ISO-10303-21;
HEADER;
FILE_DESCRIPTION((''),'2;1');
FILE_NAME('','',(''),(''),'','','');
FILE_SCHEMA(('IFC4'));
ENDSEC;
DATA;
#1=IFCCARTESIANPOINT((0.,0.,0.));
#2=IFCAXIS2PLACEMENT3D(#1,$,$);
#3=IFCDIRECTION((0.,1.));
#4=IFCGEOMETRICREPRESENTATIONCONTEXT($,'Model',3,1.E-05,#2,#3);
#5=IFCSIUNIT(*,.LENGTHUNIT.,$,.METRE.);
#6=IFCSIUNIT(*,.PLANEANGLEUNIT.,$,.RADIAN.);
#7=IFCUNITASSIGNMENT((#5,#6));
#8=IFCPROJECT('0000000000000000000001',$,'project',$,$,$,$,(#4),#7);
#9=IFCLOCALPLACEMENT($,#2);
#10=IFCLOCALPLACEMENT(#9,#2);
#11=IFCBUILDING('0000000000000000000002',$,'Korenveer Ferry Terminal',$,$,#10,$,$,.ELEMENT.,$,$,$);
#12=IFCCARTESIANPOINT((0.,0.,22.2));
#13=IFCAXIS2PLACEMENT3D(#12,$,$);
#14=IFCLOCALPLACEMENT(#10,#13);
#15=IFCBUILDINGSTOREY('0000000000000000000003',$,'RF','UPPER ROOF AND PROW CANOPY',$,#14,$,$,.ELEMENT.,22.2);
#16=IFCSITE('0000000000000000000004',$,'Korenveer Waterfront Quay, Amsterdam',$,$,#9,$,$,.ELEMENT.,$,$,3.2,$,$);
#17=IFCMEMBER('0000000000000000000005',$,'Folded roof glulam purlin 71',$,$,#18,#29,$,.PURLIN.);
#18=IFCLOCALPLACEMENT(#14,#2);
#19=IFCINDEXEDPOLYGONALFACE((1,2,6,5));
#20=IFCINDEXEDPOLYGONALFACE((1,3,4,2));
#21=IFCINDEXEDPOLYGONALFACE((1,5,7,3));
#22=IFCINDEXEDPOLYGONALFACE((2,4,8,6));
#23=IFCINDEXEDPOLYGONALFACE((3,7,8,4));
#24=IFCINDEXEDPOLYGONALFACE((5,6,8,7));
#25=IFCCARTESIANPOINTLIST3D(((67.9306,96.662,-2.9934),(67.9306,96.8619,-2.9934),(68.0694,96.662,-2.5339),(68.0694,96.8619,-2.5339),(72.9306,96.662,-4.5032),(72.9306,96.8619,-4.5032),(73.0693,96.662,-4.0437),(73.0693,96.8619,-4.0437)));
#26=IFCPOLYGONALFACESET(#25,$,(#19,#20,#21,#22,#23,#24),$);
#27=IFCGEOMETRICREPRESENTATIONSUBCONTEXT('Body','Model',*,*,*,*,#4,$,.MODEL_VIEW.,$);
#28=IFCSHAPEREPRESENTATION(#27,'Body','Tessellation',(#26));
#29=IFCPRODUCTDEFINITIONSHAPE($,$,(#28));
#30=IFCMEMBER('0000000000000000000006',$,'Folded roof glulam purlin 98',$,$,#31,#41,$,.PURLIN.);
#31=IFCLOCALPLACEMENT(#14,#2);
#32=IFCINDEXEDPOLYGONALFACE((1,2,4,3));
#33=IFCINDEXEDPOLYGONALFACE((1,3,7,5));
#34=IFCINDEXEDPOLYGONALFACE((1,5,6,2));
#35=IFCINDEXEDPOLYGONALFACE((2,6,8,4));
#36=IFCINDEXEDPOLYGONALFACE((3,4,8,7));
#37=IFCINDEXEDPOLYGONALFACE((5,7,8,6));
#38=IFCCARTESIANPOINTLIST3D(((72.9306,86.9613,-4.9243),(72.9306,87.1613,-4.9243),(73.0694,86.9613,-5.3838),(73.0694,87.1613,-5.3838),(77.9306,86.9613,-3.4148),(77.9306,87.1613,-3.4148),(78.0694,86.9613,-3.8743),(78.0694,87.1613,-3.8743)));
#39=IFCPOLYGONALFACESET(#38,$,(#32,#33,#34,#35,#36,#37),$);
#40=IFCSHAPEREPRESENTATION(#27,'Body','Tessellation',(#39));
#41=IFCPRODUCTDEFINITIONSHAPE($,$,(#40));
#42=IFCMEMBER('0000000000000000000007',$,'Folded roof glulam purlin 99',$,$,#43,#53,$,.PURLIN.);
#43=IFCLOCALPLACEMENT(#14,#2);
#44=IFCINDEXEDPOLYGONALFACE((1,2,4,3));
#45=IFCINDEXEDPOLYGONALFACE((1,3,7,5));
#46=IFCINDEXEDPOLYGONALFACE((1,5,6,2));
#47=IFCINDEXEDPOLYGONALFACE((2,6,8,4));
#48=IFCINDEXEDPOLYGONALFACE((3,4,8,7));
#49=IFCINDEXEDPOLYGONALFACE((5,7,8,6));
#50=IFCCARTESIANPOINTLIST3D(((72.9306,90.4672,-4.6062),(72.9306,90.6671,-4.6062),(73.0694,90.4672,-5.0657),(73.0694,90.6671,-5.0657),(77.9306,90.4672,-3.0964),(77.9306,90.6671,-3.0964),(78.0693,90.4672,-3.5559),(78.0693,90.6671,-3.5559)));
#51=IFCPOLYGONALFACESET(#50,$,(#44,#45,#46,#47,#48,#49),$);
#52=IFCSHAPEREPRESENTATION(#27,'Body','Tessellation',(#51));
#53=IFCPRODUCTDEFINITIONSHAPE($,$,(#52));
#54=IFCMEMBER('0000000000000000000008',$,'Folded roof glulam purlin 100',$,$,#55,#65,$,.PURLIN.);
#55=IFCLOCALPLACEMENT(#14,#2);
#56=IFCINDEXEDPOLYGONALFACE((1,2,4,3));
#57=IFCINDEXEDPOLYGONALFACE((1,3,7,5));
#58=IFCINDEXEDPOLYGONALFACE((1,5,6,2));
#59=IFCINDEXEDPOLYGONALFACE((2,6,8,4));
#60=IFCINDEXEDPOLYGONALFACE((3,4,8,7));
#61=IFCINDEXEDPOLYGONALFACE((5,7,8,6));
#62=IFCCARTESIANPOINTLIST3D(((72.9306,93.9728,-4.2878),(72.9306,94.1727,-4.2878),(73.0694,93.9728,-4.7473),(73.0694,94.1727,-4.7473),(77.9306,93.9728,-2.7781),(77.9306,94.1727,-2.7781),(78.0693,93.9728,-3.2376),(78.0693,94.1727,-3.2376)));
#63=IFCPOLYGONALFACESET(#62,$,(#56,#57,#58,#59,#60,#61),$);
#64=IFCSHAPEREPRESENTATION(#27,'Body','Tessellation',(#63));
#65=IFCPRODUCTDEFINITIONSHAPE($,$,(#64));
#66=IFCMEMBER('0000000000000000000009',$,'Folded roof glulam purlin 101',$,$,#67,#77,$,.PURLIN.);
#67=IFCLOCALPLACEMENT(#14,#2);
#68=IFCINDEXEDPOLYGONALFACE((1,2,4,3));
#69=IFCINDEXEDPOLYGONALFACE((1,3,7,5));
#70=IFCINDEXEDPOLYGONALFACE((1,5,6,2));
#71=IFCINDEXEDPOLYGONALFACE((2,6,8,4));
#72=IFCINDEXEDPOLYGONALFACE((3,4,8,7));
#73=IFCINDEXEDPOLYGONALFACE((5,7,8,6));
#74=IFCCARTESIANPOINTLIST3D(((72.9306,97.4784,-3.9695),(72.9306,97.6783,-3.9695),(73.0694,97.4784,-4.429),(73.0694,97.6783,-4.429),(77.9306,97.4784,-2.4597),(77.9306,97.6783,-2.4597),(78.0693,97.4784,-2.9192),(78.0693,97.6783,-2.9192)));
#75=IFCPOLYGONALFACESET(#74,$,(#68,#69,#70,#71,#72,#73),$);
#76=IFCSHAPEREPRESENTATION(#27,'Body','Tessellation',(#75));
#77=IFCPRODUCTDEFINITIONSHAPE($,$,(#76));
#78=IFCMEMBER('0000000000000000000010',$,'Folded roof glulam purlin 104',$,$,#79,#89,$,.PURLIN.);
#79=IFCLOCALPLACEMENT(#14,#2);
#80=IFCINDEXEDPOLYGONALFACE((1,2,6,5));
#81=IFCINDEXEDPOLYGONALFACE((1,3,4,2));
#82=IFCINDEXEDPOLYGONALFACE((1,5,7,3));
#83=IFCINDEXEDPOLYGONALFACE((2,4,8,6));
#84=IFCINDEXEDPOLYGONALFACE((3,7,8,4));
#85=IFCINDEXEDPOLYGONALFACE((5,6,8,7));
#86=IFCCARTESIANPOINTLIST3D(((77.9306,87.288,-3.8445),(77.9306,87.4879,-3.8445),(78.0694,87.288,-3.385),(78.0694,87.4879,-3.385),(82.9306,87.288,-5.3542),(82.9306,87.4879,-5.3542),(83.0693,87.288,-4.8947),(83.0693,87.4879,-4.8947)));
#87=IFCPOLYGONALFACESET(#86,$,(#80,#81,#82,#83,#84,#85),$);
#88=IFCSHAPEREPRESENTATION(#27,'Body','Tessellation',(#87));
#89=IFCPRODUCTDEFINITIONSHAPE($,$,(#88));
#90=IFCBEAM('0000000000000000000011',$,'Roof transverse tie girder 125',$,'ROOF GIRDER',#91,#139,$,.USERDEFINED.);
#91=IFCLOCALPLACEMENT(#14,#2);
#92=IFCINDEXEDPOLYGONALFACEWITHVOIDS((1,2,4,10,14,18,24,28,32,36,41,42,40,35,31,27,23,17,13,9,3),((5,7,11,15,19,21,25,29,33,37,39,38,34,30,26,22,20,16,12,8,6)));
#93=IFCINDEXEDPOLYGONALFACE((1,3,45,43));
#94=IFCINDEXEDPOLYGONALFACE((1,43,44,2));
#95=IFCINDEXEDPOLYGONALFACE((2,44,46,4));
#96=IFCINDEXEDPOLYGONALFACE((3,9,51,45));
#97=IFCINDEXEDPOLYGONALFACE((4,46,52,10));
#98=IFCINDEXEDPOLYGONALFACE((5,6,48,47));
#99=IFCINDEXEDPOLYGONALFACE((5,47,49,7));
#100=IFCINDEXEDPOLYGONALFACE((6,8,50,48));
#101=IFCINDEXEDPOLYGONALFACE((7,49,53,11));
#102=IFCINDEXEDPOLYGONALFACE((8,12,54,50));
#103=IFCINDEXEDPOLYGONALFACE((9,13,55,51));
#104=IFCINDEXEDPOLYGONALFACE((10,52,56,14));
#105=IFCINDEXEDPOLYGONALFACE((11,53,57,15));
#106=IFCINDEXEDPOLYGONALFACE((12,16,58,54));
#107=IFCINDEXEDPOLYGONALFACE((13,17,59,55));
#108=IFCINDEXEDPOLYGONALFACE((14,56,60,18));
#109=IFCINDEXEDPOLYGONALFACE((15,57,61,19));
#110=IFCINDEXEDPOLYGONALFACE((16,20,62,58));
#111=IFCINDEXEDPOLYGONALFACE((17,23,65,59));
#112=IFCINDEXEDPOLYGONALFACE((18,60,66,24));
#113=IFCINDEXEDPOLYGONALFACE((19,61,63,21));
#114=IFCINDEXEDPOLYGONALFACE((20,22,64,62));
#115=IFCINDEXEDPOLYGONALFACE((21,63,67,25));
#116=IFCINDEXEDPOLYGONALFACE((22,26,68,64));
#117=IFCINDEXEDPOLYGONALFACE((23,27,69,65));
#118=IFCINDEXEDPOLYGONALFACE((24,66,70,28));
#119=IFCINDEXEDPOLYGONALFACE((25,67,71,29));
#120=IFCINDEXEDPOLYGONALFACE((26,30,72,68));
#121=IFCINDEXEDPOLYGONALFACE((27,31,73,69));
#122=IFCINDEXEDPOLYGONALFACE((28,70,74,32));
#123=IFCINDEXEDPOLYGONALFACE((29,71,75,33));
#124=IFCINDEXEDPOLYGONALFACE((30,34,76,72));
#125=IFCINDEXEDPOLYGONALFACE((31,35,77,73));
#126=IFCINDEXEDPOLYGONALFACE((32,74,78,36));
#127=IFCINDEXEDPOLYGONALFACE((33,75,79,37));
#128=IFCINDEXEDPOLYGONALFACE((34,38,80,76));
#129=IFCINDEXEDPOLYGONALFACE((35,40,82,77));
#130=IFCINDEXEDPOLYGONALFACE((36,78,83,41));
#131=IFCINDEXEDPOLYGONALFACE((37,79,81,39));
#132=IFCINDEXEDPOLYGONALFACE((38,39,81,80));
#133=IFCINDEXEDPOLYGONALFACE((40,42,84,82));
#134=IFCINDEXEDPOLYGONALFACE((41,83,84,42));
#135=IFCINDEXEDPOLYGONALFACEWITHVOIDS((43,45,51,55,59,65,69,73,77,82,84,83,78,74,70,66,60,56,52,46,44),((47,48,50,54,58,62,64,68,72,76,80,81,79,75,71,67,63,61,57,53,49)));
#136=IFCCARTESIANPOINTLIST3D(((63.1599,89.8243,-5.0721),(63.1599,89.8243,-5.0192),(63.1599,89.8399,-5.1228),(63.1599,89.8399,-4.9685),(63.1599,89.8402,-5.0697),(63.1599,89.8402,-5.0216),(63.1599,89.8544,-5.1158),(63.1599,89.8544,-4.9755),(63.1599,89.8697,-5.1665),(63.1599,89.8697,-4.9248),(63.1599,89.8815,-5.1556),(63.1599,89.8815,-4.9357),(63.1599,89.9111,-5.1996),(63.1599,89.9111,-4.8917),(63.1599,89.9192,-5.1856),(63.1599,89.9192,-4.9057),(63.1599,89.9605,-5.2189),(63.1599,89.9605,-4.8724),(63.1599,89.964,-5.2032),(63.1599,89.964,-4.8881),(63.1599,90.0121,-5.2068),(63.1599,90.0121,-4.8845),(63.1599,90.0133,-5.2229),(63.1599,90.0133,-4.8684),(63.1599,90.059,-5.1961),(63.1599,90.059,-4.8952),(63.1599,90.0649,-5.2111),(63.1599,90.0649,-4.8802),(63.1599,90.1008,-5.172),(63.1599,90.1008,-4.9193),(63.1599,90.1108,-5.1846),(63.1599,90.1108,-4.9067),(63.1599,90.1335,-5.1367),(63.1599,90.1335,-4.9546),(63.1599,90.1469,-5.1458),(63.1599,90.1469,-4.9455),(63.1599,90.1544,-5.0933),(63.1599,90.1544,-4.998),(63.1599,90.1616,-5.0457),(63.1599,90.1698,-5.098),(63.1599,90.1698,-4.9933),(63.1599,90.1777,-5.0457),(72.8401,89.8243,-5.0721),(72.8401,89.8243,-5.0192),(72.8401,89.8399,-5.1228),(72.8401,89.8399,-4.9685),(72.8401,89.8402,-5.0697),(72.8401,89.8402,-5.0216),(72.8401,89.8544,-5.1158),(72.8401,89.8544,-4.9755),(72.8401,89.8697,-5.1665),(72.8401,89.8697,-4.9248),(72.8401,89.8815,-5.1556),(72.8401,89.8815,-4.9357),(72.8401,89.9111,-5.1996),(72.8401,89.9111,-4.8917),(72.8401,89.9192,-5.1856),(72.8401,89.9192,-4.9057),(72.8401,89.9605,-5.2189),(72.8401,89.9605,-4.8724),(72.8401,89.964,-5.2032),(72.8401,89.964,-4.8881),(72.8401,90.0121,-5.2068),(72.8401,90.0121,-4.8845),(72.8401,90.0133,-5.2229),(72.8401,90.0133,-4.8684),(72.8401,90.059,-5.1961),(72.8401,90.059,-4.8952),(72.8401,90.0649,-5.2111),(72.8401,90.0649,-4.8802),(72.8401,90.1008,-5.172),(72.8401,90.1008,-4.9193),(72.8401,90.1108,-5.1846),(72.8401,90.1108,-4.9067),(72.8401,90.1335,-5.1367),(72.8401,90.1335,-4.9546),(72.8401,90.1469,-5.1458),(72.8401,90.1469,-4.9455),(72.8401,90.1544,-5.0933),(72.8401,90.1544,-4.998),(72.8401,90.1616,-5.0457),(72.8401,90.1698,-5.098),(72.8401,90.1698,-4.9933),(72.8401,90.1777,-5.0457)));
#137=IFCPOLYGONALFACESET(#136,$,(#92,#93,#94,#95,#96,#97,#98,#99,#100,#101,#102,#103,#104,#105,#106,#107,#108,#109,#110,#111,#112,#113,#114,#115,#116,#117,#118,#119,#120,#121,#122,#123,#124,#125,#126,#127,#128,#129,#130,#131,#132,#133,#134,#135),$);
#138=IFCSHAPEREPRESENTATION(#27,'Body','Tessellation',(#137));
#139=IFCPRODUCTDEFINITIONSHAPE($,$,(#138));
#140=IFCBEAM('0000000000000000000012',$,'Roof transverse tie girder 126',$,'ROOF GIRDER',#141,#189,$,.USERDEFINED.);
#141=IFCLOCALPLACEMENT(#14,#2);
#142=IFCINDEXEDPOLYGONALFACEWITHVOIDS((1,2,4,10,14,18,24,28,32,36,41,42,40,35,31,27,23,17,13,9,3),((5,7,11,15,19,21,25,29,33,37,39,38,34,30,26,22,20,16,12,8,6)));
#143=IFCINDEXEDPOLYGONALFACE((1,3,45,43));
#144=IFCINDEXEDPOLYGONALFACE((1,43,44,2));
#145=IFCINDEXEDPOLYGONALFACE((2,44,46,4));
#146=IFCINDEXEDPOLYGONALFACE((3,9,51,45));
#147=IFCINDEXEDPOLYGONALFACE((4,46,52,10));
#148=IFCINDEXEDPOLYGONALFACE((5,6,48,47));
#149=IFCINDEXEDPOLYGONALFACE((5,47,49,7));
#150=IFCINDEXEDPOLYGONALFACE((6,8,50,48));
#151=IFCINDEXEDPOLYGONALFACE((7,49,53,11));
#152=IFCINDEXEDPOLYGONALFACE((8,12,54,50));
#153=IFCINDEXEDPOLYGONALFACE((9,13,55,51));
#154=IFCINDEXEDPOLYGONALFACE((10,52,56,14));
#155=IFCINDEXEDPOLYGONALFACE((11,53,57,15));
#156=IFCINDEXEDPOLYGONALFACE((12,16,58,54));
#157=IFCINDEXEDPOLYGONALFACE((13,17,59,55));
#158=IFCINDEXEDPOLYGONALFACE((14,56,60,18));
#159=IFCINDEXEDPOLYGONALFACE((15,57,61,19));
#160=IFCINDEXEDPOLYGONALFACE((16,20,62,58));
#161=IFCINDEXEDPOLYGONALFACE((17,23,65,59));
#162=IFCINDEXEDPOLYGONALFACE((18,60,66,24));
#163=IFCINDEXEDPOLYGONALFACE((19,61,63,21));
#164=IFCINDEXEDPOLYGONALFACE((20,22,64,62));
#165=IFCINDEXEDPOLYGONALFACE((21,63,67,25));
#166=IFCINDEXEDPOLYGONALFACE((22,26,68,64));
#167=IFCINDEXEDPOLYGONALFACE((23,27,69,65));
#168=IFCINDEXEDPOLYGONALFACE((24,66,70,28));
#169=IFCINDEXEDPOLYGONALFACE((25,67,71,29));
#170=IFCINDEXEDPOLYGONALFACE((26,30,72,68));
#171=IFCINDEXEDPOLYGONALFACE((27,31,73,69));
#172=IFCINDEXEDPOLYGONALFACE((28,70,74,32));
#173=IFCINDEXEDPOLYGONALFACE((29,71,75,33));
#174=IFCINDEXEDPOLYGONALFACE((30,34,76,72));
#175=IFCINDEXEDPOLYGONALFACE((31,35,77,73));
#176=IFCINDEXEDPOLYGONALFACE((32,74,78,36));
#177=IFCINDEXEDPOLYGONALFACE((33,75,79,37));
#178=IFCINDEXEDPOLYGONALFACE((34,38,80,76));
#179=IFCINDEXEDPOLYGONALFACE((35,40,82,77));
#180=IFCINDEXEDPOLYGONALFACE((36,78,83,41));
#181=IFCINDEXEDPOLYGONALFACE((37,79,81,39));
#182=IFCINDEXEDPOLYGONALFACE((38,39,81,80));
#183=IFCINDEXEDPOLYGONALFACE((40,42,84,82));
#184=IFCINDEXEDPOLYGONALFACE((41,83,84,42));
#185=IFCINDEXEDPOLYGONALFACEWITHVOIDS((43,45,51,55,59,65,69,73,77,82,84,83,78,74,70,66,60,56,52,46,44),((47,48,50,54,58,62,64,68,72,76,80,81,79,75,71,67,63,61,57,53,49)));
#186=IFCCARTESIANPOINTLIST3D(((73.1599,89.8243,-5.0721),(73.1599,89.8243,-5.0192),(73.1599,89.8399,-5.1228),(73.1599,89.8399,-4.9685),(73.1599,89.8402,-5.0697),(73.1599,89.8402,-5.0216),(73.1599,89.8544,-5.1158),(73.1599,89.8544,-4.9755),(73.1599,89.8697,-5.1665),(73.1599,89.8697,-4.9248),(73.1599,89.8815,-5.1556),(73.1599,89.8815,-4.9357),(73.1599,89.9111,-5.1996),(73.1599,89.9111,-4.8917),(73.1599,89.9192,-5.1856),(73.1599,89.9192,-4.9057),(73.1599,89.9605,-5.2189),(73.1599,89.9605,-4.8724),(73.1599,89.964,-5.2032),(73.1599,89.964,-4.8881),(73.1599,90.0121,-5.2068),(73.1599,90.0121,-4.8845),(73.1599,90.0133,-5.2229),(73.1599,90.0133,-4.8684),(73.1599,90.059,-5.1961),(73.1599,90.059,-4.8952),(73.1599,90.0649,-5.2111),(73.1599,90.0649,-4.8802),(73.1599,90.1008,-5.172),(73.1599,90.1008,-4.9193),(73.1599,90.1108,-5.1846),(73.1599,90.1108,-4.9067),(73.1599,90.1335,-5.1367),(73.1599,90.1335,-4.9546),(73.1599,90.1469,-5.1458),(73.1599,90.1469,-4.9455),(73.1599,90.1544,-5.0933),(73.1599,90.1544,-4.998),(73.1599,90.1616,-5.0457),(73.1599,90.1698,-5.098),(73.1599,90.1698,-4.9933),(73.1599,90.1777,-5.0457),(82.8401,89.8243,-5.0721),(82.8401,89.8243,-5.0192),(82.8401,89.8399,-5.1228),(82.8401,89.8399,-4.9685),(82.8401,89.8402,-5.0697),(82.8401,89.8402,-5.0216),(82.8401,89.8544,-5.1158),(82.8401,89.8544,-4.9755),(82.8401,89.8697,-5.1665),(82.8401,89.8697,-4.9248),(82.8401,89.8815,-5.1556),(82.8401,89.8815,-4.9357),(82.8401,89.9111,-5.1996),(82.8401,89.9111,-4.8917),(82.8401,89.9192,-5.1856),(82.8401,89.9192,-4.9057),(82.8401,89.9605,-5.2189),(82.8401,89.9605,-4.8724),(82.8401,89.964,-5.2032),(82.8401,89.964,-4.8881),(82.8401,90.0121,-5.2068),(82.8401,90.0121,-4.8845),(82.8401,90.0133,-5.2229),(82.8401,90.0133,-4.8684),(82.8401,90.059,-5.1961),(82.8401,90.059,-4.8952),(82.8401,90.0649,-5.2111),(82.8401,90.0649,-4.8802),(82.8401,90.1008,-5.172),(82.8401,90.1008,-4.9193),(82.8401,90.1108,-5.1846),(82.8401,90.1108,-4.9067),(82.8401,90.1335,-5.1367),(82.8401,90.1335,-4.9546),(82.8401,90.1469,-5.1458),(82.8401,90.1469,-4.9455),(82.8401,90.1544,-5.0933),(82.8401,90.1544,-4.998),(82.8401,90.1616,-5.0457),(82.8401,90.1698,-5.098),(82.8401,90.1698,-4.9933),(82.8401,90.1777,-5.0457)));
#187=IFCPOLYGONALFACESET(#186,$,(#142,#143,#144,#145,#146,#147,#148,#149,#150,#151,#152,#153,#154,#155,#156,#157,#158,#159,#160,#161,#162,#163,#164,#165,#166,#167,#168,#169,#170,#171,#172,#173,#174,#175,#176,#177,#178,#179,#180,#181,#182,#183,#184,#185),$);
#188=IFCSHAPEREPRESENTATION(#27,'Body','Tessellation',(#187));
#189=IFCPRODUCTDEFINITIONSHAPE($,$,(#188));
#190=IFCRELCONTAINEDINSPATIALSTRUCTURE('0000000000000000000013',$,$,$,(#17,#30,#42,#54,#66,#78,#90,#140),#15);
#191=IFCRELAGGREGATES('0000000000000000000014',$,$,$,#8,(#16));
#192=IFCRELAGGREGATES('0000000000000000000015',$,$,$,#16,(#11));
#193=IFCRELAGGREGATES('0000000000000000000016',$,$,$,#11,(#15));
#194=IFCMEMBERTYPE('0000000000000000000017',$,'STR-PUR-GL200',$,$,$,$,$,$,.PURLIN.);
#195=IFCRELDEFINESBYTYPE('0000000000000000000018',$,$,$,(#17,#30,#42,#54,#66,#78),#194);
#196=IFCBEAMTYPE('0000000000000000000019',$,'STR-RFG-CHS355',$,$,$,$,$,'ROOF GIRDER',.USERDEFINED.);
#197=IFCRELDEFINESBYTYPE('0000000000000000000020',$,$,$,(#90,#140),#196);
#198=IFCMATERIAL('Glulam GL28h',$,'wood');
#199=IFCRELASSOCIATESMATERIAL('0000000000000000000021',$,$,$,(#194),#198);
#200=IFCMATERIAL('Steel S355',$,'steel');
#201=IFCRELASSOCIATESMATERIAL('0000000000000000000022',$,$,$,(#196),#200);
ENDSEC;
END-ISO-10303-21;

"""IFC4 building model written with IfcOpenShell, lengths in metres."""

from ifc_helpers import new_model, si_unit, direction, frame, origin, origin_2d, place, context, subcontext, project, spatial, rectangle, hollow_circle, extrude, material, material_profile, profile_set, type_object, element, save


model = new_model("IFC4")

# Units and contexts
model_context = context("Model", 3, precision=1e-05, world=origin(), true_north=direction((0.0, 1.0)))
body_context = subcontext(model_context, "Body", "Model", "MODEL_VIEW")
ifc_project = project(units=[si_unit("LENGTHUNIT", "METRE"), si_unit("PLANEANGLEUNIT", "RADIAN")], contexts=[model_context])

# Site, building, storey
site_placement = place(None, origin())
site = spatial("IfcSite", under=ifc_project, at=site_placement, Name="Korenveer Waterfront Quay, Amsterdam", CompositionType="ELEMENT", RefElevation=3.2)
building_placement = place(site_placement, origin())
building = spatial("IfcBuilding", under=site, at=building_placement, Name="Korenveer Ferry Terminal", CompositionType="ELEMENT")
storey_placement = place(building_placement, frame((0.0, 0.0, 22.2)))
storey = spatial("IfcBuildingStorey", under=building, at=storey_placement, Name="RF", Description="UPPER ROOF AND PROW CANOPY", CompositionType="ELEMENT", Elevation=22.2)

# Shared definitions
ifc_material_1 = material(Name="Steel S355", Category="steel")

# Members
ifc_material_2 = material(Name="Glulam GL28h", Category="wood")
ifc_material_profile_1 = material_profile(ifc_material_2, rectangle(XDim=0.2, YDim=0.48, at=origin_2d()), Name="GL 200x480")
ifc_profile_set_1 = profile_set([ifc_material_profile_1], Name="Glulam GL28h")
member_type_1 = type_object("IfcMemberType", Name="STR-PUR-GL200", PredefinedType="PURLIN", material=ifc_profile_set_1)
for number, where, z_axis, x_axis, name in (
    (1, (68.0, 96.762, -2.7637), (0.95731, 0.0, -0.289063), (0.0, 1.0, 0.0), "Folded roof glulam purlin 71"),
    (2, (73.0, 87.0613, -5.1541), (0.957323, 0.0, 0.28902), (0.0, 1.0, 0.0), "Folded roof glulam purlin 98"),
    (3, (73.0, 90.5671, -4.8359), (0.95731, 0.0, 0.289063), (0.0, 1.0, 0.0), "Folded roof glulam purlin 99"),
    (4, (73.0, 94.0728, -4.5176), (0.95731, 0.0, 0.289063), (0.0, 1.0, 0.0), "Folded roof glulam purlin 100"),
    (5, (73.0, 97.5784, -4.1992), (0.95731, 0.0, 0.289063), (0.0, 1.0, 0.0), "Folded roof glulam purlin 101"),
    (6, (78.0, 87.3879, -3.6147), (0.95731, 0.0, -0.289063), (0.0, 1.0, 0.0), "Folded roof glulam purlin 104"),
):
    element("IfcMember", number, at=place(storey_placement, frame(where, z_axis=z_axis, x_axis=x_axis)), inside=storey, type_object=member_type_1, Name=name, PredefinedType="PURLIN", context=body_context, shape_type="SweptSolid", body=[
        extrude(rectangle(XDim=0.2, YDim=0.48, at=origin_2d()), origin(), (0.0, 0.0, 1.0), 5.2229),
    ])

# Beams
ifc_material_profile_2 = material_profile(ifc_material_1, hollow_circle(Radius=0.1777, WallThickness=0.0161, at=origin_2d()), Name="CHS 355.6x16")
ifc_profile_set_2 = profile_set([ifc_material_profile_2], Name="Steel S355")
beam_type_1 = type_object("IfcBeamType", Name="STR-RFG-CHS355", ElementType="ROOF GIRDER", PredefinedType="USERDEFINED", material=ifc_profile_set_2)
for number, where, z_axis, x_axis, name in (
    (7, (63.1599, 90.0, -5.0457), (1.0, 0.0, 0.0), (0.0, 1.0, 0.0), "Roof transverse tie girder 125"),
    (8, (73.1599, 90.0, -5.0457), (1.0, 0.0, 0.0), (0.0, 1.0, 0.0), "Roof transverse tie girder 126"),
):
    element("IfcBeam", number, at=place(storey_placement, frame(where, z_axis=z_axis, x_axis=x_axis)), inside=storey, type_object=beam_type_1, Name=name, ObjectType="ROOF GIRDER", PredefinedType="USERDEFINED", context=body_context, shape_type="SweptSolid", body=[
        extrude(hollow_circle(Radius=0.1777, WallThickness=0.0161, at=origin_2d()), origin(), (0.0, 0.0, 1.0), 9.6802),
    ])

save(model, "model.ifc")
